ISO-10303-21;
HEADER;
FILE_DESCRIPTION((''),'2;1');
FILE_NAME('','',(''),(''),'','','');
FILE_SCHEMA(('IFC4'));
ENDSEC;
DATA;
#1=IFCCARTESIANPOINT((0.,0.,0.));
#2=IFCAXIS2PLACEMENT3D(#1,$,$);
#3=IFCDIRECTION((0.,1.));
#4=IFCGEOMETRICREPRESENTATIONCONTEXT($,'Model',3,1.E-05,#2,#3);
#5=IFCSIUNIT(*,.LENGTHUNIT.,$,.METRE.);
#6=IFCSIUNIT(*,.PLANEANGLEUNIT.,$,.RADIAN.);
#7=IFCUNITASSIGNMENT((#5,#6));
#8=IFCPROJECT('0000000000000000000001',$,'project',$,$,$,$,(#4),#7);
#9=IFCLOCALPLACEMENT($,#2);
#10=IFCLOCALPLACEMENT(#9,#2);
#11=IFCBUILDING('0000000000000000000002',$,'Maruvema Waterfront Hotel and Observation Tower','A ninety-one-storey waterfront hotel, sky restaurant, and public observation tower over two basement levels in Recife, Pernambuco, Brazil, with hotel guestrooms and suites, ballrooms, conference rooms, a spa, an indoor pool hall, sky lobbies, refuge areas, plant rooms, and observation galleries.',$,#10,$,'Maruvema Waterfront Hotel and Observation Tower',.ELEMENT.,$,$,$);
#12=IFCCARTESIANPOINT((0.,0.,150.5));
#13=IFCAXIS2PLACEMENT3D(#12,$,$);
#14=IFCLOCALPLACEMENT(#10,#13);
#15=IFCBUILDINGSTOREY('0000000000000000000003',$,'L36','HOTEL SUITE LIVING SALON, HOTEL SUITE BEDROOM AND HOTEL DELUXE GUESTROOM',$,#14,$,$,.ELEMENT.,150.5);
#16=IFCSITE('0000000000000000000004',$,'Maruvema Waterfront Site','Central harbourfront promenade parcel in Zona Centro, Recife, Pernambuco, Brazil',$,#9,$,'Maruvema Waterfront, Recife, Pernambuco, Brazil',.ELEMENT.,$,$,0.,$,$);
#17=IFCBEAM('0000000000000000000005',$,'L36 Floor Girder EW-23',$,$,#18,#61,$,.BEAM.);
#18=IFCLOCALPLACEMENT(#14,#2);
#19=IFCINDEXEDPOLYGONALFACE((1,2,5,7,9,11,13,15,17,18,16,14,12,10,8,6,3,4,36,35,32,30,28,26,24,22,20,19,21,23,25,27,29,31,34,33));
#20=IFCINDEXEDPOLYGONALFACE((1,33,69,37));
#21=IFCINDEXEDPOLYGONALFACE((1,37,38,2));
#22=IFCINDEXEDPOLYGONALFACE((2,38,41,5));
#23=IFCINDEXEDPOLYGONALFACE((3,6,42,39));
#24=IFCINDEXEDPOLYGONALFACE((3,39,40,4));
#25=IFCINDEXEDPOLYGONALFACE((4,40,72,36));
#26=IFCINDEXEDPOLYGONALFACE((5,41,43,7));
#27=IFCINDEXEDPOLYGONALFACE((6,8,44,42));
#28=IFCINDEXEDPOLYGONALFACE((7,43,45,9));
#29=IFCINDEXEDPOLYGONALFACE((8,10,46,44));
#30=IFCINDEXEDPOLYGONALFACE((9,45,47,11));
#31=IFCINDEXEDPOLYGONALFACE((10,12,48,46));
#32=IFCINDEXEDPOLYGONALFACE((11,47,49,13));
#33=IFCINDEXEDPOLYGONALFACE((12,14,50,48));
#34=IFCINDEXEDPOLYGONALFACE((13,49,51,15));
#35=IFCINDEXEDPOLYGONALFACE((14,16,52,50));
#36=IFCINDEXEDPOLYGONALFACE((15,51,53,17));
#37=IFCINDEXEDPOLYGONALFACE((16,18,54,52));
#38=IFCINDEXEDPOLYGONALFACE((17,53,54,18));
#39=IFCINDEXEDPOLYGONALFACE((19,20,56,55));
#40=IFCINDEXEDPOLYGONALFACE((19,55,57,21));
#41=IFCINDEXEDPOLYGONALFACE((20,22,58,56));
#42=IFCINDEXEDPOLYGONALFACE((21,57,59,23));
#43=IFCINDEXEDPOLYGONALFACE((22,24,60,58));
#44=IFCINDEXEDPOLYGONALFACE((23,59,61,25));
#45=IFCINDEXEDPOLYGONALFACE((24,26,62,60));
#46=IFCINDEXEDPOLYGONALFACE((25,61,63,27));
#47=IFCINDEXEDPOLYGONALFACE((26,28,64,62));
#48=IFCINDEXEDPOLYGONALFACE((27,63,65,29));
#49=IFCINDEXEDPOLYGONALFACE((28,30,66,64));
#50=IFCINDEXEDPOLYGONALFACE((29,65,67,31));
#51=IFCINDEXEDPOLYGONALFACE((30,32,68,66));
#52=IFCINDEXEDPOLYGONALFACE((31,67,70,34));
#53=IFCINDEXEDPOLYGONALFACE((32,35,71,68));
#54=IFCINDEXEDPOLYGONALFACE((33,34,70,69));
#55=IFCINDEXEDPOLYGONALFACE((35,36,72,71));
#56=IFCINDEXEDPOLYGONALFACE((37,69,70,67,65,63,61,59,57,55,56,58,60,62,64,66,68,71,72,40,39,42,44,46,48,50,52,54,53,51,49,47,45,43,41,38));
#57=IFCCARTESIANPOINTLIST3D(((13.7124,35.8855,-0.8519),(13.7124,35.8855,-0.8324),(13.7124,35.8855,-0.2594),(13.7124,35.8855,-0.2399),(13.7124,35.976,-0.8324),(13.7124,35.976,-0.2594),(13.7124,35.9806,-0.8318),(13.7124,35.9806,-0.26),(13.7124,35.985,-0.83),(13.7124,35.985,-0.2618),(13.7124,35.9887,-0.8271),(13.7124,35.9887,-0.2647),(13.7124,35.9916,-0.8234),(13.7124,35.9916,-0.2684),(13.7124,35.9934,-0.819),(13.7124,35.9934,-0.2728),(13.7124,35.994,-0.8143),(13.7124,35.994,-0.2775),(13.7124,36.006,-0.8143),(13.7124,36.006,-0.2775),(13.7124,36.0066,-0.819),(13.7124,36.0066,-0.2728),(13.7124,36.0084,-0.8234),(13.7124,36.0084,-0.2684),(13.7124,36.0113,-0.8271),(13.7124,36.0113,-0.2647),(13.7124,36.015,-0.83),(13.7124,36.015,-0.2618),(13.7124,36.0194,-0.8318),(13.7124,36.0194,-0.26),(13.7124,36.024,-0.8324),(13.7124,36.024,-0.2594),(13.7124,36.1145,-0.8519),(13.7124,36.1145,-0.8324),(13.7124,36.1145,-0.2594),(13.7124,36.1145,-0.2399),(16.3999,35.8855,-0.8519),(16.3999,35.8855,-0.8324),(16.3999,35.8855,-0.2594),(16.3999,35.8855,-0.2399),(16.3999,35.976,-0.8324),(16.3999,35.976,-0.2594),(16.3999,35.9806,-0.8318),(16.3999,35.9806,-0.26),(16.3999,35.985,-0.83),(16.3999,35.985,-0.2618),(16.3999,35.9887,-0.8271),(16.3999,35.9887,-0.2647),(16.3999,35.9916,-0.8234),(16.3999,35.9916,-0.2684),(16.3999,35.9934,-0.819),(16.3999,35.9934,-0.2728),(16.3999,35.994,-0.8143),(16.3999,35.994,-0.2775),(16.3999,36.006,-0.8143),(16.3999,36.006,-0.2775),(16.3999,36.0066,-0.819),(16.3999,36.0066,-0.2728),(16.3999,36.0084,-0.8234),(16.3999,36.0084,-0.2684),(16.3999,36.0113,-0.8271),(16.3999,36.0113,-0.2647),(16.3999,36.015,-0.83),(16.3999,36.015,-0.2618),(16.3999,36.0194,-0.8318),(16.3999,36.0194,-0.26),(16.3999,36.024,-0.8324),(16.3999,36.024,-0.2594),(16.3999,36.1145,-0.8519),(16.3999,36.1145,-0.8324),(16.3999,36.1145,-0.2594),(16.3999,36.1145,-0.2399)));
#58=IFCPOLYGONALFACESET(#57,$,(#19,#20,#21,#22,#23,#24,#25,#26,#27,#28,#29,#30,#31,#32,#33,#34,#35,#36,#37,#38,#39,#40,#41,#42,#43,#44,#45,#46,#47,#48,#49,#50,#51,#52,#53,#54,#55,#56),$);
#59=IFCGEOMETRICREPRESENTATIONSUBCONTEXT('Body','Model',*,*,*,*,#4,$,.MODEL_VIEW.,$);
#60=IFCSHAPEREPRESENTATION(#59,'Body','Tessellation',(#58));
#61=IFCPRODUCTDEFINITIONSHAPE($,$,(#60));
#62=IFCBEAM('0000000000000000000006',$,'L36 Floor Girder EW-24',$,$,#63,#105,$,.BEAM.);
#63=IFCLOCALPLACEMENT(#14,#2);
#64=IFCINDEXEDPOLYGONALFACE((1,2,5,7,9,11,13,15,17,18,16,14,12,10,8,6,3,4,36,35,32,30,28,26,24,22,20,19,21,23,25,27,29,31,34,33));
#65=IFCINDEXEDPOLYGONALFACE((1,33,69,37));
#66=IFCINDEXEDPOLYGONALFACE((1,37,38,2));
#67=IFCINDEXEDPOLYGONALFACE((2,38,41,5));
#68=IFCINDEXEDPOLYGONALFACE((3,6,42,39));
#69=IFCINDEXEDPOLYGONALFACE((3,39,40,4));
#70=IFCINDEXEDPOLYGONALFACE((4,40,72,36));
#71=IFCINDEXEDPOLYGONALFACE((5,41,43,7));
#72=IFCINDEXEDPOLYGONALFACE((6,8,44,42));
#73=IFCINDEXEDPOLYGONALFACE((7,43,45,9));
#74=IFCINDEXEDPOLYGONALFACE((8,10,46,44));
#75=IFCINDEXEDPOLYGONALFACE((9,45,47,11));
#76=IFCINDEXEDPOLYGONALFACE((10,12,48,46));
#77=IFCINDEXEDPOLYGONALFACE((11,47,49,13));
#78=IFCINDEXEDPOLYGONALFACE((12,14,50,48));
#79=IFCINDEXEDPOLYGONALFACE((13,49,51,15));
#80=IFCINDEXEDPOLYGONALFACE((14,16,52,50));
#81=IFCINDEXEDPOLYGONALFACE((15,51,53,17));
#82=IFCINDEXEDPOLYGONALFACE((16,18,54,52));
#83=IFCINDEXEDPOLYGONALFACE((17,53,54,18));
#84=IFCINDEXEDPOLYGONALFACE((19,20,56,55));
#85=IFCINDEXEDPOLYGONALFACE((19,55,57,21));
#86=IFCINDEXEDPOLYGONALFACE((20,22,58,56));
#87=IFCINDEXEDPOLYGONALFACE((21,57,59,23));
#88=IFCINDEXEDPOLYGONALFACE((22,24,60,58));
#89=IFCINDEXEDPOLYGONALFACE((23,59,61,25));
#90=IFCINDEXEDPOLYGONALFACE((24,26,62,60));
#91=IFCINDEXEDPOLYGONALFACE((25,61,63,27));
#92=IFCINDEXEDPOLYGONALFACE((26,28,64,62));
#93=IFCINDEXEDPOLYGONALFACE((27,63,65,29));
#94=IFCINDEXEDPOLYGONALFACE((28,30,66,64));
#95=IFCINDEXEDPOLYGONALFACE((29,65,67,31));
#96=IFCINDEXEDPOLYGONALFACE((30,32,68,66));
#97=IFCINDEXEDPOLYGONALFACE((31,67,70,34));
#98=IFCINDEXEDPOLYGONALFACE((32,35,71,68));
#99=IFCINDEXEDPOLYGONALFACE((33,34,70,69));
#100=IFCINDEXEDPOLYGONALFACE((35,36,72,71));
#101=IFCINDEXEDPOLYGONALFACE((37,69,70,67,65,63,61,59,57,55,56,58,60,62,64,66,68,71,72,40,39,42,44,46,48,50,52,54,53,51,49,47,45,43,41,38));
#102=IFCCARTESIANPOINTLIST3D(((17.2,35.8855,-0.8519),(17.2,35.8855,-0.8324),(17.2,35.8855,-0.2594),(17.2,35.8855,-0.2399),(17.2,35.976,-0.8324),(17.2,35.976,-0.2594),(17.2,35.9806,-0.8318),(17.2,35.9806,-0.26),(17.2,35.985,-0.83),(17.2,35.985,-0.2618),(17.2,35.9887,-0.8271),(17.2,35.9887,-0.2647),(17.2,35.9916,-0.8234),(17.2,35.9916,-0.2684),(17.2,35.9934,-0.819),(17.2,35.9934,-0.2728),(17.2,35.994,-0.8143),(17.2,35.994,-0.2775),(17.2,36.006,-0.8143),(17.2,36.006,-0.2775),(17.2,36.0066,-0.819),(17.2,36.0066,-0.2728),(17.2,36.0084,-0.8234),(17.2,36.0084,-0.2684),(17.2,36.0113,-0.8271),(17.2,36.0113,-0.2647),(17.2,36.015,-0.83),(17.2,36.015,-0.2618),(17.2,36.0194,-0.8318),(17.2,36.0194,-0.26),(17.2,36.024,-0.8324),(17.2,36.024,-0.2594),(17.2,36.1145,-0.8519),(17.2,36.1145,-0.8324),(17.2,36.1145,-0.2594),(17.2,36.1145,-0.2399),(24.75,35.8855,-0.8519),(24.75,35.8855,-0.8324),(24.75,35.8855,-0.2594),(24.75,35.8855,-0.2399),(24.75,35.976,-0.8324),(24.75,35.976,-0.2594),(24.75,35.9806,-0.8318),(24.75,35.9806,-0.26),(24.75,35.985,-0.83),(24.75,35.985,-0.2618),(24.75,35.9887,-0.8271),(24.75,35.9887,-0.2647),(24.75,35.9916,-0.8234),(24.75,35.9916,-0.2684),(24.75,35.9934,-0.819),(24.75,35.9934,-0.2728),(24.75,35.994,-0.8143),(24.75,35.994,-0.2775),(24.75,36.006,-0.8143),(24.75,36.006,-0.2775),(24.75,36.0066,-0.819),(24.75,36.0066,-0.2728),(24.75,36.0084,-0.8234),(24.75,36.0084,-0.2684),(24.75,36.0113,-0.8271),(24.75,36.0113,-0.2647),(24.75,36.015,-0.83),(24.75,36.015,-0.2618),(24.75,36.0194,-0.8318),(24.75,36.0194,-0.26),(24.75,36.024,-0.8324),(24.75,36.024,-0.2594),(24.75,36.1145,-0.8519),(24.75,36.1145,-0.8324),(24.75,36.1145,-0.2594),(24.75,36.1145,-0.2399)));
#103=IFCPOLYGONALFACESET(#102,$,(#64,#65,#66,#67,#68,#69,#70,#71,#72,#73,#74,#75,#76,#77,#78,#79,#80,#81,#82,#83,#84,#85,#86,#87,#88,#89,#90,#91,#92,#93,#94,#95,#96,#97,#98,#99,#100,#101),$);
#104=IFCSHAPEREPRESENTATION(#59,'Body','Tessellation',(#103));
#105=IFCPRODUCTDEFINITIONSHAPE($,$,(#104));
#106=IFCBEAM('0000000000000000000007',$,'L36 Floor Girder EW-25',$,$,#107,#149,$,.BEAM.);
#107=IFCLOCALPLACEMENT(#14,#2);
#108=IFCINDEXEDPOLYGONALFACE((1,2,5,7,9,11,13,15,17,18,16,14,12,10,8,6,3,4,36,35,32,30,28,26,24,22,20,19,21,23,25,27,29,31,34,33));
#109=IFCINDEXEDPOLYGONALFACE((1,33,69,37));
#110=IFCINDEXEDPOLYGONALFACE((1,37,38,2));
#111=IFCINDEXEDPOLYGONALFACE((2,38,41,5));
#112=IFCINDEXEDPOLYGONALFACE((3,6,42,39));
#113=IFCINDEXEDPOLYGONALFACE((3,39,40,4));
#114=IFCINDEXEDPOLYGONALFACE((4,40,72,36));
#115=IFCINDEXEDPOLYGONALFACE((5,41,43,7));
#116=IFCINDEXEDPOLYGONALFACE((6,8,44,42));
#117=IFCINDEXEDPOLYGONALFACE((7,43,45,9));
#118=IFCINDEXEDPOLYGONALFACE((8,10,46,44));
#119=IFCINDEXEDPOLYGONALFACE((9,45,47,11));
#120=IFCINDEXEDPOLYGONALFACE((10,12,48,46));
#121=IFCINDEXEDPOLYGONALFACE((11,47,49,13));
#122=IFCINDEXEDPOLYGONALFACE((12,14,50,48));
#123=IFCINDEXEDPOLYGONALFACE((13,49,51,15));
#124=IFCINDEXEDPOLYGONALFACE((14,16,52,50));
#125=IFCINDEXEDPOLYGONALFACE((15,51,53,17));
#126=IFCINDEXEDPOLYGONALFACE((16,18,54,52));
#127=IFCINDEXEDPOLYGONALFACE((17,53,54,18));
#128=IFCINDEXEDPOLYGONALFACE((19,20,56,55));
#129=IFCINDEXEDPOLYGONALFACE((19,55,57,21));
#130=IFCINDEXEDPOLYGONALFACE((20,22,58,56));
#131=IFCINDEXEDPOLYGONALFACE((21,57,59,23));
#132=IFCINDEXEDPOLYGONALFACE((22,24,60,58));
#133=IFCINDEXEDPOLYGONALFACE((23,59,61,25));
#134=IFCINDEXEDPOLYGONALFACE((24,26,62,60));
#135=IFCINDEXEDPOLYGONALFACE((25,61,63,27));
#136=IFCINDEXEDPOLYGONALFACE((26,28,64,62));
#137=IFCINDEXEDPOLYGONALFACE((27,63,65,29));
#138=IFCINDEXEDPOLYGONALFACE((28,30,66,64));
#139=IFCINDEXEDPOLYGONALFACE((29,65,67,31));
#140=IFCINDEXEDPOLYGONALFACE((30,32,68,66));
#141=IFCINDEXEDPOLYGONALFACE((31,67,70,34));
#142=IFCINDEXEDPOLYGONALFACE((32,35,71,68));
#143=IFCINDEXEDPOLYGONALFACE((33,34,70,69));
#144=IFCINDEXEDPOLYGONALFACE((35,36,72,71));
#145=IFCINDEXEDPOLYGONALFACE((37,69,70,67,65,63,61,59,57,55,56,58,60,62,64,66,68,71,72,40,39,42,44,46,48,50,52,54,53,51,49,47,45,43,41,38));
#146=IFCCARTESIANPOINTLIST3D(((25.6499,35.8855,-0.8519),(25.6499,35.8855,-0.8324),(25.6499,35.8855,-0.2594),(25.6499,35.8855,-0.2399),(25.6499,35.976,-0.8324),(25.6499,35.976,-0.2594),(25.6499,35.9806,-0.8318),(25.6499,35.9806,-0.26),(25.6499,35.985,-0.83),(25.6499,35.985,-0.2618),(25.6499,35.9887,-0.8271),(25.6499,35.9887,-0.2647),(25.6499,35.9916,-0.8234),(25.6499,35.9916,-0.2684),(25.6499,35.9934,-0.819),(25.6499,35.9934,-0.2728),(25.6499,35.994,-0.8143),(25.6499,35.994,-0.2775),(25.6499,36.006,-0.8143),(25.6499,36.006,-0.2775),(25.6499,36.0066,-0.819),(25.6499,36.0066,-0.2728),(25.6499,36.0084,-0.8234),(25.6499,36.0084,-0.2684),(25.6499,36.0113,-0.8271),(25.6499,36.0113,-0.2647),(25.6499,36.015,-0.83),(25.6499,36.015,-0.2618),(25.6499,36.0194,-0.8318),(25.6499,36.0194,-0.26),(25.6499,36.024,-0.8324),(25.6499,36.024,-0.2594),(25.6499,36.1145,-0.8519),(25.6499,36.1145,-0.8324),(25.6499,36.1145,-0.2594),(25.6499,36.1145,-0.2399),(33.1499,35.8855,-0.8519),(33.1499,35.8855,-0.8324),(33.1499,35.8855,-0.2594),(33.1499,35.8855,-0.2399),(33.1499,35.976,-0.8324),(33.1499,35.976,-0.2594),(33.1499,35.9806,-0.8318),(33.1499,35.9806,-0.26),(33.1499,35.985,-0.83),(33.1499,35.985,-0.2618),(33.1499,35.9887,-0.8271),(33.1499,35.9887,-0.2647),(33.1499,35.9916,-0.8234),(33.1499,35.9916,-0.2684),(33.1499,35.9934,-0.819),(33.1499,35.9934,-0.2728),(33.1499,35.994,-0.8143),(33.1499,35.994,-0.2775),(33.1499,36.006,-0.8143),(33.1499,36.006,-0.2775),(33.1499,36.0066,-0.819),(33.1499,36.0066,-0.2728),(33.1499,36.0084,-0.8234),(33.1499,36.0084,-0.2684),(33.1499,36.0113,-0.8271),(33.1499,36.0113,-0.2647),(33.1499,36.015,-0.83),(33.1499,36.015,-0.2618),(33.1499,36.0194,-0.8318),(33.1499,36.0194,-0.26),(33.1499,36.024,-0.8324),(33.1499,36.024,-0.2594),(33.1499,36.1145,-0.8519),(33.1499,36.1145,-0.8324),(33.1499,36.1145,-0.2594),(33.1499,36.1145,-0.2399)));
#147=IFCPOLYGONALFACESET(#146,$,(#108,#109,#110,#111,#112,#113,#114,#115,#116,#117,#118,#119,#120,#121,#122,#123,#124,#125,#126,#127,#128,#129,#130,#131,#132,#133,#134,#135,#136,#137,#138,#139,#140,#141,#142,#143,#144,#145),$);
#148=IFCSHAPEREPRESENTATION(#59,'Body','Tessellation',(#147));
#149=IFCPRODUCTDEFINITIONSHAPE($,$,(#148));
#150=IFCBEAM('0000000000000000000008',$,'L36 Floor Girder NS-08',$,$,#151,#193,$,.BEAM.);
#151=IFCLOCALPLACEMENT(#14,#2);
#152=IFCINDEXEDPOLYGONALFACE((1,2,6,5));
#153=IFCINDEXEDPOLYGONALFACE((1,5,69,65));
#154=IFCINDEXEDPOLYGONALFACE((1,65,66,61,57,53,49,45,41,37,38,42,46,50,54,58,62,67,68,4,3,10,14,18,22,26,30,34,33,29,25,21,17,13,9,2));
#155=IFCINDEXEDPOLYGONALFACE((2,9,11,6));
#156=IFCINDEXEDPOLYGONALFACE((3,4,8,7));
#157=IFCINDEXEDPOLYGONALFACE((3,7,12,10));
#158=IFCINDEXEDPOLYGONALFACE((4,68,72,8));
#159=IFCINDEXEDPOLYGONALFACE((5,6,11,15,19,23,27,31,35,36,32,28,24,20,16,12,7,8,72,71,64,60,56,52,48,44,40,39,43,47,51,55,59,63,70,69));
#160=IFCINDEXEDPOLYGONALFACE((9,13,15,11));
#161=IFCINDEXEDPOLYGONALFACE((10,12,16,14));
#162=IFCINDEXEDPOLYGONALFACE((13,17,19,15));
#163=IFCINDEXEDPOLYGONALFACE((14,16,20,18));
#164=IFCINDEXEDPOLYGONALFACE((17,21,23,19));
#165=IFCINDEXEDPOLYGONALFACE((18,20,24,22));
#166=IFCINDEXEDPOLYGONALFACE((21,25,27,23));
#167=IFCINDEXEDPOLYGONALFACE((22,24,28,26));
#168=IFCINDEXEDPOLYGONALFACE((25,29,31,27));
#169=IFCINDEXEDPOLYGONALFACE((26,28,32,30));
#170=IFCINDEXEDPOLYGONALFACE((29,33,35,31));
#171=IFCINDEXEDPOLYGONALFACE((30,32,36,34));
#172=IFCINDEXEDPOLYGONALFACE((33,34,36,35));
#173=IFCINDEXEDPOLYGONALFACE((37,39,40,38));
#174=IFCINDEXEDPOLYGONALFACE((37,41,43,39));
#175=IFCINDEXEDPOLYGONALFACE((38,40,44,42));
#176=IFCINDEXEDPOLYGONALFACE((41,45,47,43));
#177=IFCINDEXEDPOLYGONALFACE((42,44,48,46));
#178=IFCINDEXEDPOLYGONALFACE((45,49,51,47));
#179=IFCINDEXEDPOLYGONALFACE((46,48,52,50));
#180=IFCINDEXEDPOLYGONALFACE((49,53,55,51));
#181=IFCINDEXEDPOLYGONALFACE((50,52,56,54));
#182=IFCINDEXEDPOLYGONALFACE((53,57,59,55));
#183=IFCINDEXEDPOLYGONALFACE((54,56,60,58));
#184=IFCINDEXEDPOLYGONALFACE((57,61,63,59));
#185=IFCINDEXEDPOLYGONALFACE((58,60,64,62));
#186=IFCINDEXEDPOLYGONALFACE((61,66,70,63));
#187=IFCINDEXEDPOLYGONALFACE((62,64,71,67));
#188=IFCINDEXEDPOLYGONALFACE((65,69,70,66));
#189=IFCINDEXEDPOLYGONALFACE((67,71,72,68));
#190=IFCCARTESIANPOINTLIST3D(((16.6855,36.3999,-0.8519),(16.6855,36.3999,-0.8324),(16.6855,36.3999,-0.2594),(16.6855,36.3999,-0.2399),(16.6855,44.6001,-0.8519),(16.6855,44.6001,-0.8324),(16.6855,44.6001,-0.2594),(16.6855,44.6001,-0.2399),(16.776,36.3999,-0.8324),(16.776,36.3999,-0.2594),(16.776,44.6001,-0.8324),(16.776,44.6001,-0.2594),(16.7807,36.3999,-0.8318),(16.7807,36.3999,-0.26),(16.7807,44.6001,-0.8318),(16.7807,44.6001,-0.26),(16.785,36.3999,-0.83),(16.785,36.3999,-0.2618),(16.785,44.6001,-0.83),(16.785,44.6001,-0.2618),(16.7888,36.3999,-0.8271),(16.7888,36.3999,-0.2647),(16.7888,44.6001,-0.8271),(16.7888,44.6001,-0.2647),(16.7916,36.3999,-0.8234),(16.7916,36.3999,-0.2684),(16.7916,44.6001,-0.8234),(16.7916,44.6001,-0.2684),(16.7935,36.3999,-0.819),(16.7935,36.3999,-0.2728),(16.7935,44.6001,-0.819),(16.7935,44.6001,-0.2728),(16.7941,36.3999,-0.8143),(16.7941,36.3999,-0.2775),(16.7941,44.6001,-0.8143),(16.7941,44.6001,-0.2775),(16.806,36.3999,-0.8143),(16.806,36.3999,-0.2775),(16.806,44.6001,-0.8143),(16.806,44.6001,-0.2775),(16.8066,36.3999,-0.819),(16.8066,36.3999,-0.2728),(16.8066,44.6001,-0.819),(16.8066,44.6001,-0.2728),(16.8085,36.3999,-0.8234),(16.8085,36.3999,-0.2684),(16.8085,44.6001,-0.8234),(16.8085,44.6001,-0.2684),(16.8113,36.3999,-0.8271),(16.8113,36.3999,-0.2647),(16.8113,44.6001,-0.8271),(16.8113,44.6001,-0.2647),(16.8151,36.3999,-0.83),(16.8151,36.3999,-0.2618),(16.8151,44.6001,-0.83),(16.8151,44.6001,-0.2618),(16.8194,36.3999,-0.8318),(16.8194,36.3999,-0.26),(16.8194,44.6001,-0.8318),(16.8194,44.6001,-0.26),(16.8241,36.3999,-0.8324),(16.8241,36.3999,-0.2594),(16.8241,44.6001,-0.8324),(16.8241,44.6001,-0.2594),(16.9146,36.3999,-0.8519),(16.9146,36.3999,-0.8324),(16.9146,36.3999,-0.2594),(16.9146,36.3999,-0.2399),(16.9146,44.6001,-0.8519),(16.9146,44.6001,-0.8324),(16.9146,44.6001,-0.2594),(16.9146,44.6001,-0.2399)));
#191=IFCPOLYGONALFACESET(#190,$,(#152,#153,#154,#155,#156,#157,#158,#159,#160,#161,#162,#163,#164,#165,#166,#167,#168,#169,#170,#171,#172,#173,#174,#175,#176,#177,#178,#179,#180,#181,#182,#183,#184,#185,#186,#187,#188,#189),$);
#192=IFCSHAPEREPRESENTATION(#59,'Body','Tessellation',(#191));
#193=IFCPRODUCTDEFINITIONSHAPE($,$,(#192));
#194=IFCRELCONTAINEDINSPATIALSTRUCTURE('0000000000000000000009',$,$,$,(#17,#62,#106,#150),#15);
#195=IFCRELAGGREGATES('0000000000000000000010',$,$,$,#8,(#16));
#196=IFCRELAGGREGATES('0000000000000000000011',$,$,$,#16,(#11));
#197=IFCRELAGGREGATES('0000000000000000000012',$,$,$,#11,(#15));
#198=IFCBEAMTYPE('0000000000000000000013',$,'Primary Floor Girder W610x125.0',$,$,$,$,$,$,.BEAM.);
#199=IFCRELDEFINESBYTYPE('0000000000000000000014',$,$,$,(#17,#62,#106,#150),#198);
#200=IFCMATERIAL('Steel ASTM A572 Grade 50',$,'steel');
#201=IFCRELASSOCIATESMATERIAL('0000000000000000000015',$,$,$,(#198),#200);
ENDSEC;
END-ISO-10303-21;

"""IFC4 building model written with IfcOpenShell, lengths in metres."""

from ifc_helpers import new_model, si_unit, direction, frame, origin, origin_2d, place, context, subcontext, project, spatial, i_section, extrude, material, material_profile, profile_set, type_object, element, save


model = new_model("IFC4")

# Units and contexts
model_context = context("Model", 3, precision=1e-05, world=origin(), true_north=direction((0.0, 1.0)))
body_context = subcontext(model_context, "Body", "Model", "MODEL_VIEW")
ifc_project = project(units=[si_unit("LENGTHUNIT", "METRE"), si_unit("PLANEANGLEUNIT", "RADIAN")], contexts=[model_context])

# Site, building, storey
site_placement = place(None, origin())
site = spatial("IfcSite", under=ifc_project, at=site_placement, Name="Maruvema Waterfront Site", Description="Central harbourfront promenade parcel in Zona Centro, Recife, Pernambuco, Brazil", LongName="Maruvema Waterfront, Recife, Pernambuco, Brazil", CompositionType="ELEMENT", RefElevation=0.0)
building_placement = place(site_placement, origin())
building = spatial("IfcBuilding", under=site, at=building_placement, Name="Maruvema Waterfront Hotel and Observation Tower", Description="A ninety-one-storey waterfront hotel, sky restaurant, and public observation tower over two basement levels in Recife, Pernambuco, Brazil, with hotel guestrooms and suites, ballrooms, conference rooms, a spa, an indoor pool hall, sky lobbies, refuge areas, plant rooms, and observation galleries.", LongName="Maruvema Waterfront Hotel and Observation Tower", CompositionType="ELEMENT")
storey_placement = place(building_placement, frame((0.0, 0.0, 150.5)))
storey = spatial("IfcBuildingStorey", under=building, at=storey_placement, Name="L36", Description="HOTEL SUITE LIVING SALON, HOTEL SUITE BEDROOM AND HOTEL DELUXE GUESTROOM", CompositionType="ELEMENT", Elevation=150.5)

# Beams
ifc_material_1 = material(Name="Steel ASTM A572 Grade 50", Category="steel")
ifc_material_profile_1 = material_profile(ifc_material_1, i_section(OverallWidth=0.229, OverallDepth=0.6121, WebThickness=0.012, FlangeThickness=0.0195, FilletRadius=0.0181, at=origin_2d()), Name="W610x125.0")
ifc_profile_set_1 = profile_set([ifc_material_profile_1], Name="Steel ASTM A572 Grade 50")
beam_type_1 = type_object("IfcBeamType", Name="Primary Floor Girder W610x125.0", PredefinedType="BEAM", material=ifc_profile_set_1)
beam_1_placement = place(storey_placement, frame((13.7124, 36.0, -0.5459), z_axis=(1.0, 0.0, 0.0), x_axis=(0.0, 1.0, 0.0)))
element("IfcBeam", 1, at=beam_1_placement, inside=storey, type_object=beam_type_1, Name="L36 Floor Girder EW-23", PredefinedType="BEAM", context=body_context, shape_type="SweptSolid", body=[
    extrude(i_section(OverallWidth=0.229, OverallDepth=0.6121, WebThickness=0.012, FlangeThickness=0.0195, FilletRadius=0.0181, at=origin_2d()), origin(), (0.0, 0.0, 1.0), 2.6875),
])
beam_2_placement = place(storey_placement, frame((17.2, 36.0, -0.5459), z_axis=(1.0, 0.0, 0.0), x_axis=(0.0, 1.0, 0.0)))
element("IfcBeam", 2, at=beam_2_placement, inside=storey, type_object=beam_type_1, Name="L36 Floor Girder EW-24", PredefinedType="BEAM", context=body_context, shape_type="SweptSolid", body=[
    extrude(i_section(OverallWidth=0.229, OverallDepth=0.6121, WebThickness=0.012, FlangeThickness=0.0195, FilletRadius=0.0181, at=origin_2d()), origin(), (0.0, 0.0, 1.0), 7.55),
])
beam_3_placement = place(storey_placement, frame((25.6499, 36.0, -0.5459), z_axis=(1.0, 0.0, 0.0), x_axis=(0.0, 1.0, 0.0)))
element("IfcBeam", 3, at=beam_3_placement, inside=storey, type_object=beam_type_1, Name="L36 Floor Girder EW-25", PredefinedType="BEAM", context=body_context, shape_type="SweptSolid", body=[
    extrude(i_section(OverallWidth=0.229, OverallDepth=0.6121, WebThickness=0.012, FlangeThickness=0.0195, FilletRadius=0.0181, at=origin_2d()), origin(), (0.0, 0.0, 1.0), 7.5),
])
beam_4_placement = place(storey_placement, frame((16.8, 36.3999, -0.5459), z_axis=(0.0, 1.0, 0.0), x_axis=(-1.0, 0.0, 0.0)))
element("IfcBeam", 4, at=beam_4_placement, inside=storey, type_object=beam_type_1, Name="L36 Floor Girder NS-08", PredefinedType="BEAM", context=body_context, shape_type="SweptSolid", body=[
    extrude(i_section(OverallWidth=0.229, OverallDepth=0.6121, WebThickness=0.012, FlangeThickness=0.0195, FilletRadius=0.0181, at=origin_2d()), origin(), (0.0, 0.0, 1.0), 8.2002),
])

save(model, "model.ifc")
